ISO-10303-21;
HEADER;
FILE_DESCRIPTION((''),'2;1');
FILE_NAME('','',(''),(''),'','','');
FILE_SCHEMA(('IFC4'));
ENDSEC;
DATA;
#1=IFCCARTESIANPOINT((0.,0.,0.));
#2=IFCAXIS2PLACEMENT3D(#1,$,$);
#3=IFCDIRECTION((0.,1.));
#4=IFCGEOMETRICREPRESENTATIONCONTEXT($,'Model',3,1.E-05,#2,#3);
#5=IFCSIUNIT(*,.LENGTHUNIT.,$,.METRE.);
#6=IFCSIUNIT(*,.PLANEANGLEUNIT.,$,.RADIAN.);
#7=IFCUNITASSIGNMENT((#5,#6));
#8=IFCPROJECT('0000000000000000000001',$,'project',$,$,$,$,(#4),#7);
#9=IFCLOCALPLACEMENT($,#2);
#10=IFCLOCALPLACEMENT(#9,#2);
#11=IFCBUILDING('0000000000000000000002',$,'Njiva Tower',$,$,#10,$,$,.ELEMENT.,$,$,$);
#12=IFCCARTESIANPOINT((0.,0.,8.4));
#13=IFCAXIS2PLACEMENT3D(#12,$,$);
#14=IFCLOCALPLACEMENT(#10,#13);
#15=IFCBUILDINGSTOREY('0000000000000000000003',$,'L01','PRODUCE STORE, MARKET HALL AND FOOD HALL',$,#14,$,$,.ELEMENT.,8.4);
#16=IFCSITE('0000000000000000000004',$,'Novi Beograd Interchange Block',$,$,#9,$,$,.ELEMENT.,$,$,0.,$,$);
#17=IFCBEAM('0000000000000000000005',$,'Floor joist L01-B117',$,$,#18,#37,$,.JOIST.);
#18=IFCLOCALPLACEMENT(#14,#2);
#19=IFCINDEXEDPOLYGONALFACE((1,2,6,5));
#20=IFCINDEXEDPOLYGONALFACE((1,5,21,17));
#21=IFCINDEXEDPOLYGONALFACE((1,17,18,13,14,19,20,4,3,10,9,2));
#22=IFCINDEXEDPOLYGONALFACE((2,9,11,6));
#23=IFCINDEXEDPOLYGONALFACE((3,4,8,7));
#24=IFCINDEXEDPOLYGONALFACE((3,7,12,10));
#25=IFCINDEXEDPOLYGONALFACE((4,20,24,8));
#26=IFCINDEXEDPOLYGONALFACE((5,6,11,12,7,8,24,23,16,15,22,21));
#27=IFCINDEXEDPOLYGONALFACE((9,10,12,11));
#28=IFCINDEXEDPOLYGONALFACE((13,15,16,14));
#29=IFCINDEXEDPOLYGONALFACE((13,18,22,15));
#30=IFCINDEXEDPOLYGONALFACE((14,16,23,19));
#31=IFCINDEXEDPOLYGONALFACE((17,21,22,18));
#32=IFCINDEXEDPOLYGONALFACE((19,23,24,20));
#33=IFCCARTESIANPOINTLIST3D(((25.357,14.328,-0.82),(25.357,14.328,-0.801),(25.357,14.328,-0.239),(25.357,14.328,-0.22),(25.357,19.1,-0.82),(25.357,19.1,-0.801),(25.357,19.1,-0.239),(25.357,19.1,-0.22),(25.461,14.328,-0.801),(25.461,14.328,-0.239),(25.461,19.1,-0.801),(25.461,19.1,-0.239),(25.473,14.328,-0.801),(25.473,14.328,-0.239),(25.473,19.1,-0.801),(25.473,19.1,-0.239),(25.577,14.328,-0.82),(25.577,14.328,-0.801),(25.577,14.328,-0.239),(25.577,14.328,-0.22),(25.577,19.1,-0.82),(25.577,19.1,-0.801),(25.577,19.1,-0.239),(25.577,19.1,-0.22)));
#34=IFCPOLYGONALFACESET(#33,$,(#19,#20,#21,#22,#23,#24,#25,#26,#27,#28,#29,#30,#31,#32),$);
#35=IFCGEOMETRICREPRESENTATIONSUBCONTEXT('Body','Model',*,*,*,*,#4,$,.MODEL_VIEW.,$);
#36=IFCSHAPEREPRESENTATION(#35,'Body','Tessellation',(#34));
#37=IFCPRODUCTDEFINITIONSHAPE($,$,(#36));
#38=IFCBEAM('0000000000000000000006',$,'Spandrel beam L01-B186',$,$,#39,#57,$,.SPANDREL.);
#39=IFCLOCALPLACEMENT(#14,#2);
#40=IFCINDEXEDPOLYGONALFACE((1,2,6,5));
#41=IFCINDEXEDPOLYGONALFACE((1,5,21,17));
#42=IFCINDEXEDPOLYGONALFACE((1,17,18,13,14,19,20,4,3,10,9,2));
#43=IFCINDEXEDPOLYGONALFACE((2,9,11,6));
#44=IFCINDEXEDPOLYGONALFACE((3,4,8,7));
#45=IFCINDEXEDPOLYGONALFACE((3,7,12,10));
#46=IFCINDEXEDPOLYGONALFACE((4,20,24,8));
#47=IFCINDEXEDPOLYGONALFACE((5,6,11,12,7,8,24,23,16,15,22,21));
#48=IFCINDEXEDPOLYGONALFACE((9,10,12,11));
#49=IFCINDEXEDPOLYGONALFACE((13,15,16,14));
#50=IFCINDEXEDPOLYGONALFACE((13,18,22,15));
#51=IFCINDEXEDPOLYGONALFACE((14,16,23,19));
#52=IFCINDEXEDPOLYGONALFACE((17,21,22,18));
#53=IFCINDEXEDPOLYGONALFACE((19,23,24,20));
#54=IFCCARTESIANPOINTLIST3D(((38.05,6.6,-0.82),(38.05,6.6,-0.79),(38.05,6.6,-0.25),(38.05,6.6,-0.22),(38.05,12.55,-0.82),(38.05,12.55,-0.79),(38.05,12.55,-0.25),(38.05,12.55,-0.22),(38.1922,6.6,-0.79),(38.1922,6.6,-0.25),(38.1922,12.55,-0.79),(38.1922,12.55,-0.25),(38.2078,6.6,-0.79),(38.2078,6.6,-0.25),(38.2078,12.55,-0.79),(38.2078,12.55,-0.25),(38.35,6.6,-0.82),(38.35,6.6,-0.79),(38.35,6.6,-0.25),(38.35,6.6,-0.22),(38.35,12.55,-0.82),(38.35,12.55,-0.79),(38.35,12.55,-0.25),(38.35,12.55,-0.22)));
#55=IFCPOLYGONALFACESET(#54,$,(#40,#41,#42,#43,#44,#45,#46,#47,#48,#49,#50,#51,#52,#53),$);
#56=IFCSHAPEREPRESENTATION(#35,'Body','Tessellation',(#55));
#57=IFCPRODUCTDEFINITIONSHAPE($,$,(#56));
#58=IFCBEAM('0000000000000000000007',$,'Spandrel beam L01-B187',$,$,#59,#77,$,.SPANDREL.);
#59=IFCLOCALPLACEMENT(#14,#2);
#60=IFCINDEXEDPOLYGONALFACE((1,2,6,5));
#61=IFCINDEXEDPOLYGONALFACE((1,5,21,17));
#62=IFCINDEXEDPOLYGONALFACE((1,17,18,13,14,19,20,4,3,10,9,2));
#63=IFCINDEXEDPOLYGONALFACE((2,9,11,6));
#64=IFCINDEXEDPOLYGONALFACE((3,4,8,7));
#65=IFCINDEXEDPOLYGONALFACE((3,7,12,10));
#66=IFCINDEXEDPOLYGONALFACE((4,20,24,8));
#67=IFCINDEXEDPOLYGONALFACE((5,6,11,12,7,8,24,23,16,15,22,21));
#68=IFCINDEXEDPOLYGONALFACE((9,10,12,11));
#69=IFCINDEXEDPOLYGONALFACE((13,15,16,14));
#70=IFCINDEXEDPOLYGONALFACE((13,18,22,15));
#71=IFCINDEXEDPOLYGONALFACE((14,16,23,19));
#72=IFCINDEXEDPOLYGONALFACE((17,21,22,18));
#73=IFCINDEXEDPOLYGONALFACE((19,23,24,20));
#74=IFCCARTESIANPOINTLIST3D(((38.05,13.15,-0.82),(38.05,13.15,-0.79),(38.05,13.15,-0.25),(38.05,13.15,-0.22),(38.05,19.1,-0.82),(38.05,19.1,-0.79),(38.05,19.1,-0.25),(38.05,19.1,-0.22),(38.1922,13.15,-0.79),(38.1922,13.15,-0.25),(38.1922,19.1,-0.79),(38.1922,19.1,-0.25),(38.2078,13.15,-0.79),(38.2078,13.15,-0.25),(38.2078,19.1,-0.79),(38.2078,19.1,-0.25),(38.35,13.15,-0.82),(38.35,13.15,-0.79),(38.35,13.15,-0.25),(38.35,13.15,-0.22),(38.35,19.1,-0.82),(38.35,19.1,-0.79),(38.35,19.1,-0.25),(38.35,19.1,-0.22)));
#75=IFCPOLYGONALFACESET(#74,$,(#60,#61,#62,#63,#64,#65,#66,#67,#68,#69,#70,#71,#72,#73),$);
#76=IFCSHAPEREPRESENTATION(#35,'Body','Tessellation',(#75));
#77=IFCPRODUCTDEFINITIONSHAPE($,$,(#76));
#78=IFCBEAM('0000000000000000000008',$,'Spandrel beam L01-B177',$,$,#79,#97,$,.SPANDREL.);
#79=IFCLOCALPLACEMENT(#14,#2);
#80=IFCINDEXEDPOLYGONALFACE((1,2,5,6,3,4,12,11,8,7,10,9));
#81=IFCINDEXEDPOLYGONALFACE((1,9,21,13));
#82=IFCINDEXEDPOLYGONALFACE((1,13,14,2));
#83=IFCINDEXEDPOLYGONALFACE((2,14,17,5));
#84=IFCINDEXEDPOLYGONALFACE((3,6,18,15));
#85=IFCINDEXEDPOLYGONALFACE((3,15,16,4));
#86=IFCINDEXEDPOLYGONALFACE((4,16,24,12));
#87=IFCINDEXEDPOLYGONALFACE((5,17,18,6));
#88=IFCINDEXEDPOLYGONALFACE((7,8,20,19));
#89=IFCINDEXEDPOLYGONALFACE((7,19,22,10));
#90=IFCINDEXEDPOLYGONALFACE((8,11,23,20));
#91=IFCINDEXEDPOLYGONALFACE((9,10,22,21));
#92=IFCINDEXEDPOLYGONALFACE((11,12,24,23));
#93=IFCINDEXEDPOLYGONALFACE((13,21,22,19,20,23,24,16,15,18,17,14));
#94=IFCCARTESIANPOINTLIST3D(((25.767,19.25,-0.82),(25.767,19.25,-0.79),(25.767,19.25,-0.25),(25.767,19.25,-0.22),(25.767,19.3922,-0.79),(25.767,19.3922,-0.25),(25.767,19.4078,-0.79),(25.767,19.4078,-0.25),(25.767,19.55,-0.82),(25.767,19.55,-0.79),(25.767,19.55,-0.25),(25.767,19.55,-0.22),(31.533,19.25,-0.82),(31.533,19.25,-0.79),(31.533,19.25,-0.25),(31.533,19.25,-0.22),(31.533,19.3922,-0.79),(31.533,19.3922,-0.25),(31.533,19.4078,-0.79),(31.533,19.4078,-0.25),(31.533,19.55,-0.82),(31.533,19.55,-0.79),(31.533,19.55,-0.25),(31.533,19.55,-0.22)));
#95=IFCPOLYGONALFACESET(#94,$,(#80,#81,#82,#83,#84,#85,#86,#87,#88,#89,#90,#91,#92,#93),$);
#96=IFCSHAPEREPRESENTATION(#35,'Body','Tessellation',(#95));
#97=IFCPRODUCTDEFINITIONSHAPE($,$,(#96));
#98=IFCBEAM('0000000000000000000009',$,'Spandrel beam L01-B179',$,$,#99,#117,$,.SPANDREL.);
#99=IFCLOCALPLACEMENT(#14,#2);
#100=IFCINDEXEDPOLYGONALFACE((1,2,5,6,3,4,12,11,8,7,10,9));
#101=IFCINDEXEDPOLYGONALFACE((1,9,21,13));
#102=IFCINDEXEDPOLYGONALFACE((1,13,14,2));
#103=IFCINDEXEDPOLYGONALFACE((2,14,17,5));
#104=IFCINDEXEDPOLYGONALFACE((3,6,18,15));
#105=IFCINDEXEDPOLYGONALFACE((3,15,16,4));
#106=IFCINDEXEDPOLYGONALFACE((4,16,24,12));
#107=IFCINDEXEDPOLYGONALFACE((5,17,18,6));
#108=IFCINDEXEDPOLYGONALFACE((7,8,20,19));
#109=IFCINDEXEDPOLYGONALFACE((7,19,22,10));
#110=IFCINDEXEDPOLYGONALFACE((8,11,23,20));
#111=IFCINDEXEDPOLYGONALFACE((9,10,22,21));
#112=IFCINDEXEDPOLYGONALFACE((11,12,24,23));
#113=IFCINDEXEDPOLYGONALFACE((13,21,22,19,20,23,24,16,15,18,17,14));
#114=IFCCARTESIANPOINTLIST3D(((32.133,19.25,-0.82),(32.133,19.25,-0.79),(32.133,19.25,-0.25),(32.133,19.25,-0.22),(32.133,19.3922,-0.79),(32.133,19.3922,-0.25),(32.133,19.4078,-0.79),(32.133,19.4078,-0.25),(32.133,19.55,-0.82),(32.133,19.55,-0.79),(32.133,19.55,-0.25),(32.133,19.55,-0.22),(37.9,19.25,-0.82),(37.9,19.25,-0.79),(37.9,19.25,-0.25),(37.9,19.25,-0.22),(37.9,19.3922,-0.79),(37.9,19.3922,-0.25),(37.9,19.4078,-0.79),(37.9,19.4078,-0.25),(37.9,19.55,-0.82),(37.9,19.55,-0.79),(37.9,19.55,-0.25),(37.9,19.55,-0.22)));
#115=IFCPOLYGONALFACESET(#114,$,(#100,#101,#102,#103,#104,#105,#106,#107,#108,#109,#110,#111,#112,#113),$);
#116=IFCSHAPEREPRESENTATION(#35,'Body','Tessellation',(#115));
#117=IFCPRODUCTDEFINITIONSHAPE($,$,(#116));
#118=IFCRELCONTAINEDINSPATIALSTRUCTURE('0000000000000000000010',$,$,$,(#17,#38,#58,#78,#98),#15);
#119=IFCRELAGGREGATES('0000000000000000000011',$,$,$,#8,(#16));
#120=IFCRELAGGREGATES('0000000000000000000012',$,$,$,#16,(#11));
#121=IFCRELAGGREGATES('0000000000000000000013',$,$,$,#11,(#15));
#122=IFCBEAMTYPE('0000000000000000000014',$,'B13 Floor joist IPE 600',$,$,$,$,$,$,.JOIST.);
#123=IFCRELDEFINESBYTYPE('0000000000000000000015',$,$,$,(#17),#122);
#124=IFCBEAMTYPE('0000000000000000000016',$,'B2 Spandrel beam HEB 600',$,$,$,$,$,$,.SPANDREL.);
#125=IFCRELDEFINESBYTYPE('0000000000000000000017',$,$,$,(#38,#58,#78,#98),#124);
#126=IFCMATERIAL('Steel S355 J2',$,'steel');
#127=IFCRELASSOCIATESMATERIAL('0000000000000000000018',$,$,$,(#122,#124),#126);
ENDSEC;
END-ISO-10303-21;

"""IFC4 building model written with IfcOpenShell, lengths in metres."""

from ifc_helpers import new_model, si_unit, direction, frame, origin, origin_2d, place, context, subcontext, project, spatial, i_section, extrude, material, material_profile, profile_set, type_object, element, save


model = new_model("IFC4")

# Units and contexts
model_context = context("Model", 3, precision=1e-05, world=origin(), true_north=direction((0.0, 1.0)))
body_context = subcontext(model_context, "Body", "Model", "MODEL_VIEW")
ifc_project = project(units=[si_unit("LENGTHUNIT", "METRE"), si_unit("PLANEANGLEUNIT", "RADIAN")], contexts=[model_context])

# Site, building, storey
site_placement = place(None, origin())
site = spatial("IfcSite", under=ifc_project, at=site_placement, Name="Novi Beograd Interchange Block", CompositionType="ELEMENT", RefElevation=0.0)
building_placement = place(site_placement, origin())
building = spatial("IfcBuilding", under=site, at=building_placement, Name="Njiva Tower", CompositionType="ELEMENT")
storey_placement = place(building_placement, frame((0.0, 0.0, 8.4)))
storey = spatial("IfcBuildingStorey", under=building, at=storey_placement, Name="L01", Description="PRODUCE STORE, MARKET HALL AND FOOD HALL", CompositionType="ELEMENT", Elevation=8.4)

# Shared definitions
ifc_material_1 = material(Name="Steel S355 J2", Category="steel")

# Beams
ifc_material_profile_1 = material_profile(ifc_material_1, i_section(OverallWidth=0.22, OverallDepth=0.6, WebThickness=0.012, FlangeThickness=0.019, at=origin_2d()), Name="IPE 600")
ifc_profile_set_1 = profile_set([ifc_material_profile_1], Name="Steel S355 J2")
beam_type_1 = type_object("IfcBeamType", Name="B13 Floor joist IPE 600", PredefinedType="JOIST", material=ifc_profile_set_1)
beam_1_placement = place(storey_placement, frame((25.467, 19.1, -0.52), z_axis=(0.0, -1.0, 0.0), x_axis=(1.0, 0.0, 0.0)))
element("IfcBeam", 1, at=beam_1_placement, inside=storey, type_object=beam_type_1, Name="Floor joist L01-B117", PredefinedType="JOIST", context=body_context, shape_type="SweptSolid", body=[
    extrude(i_section(OverallWidth=0.22, OverallDepth=0.6, WebThickness=0.012, FlangeThickness=0.019, at=origin_2d()), origin(), (0.0, 0.0, 1.0), 4.772),
])
ifc_material_profile_2 = material_profile(ifc_material_1, i_section(OverallWidth=0.3, OverallDepth=0.6, WebThickness=0.0155, FlangeThickness=0.03, at=origin_2d()), Name="HEB 600")
ifc_profile_set_2 = profile_set([ifc_material_profile_2], Name="Steel S355 J2")
beam_type_2 = type_object("IfcBeamType", Name="B2 Spandrel beam HEB 600", PredefinedType="SPANDREL", material=ifc_profile_set_2)
for number, where, z_axis, x_axis, name in (
    (2, (38.2, 6.6, -0.52), (0.0, 1.0, 0.0), (-1.0, 0.0, 0.0), "Spandrel beam L01-B186"),
    (3, (38.2, 13.15, -0.52), (0.0, 1.0, 0.0), (-1.0, 0.0, 0.0), "Spandrel beam L01-B187"),
):
    element("IfcBeam", number, at=place(storey_placement, frame(where, z_axis=z_axis, x_axis=x_axis)), inside=storey, type_object=beam_type_2, Name=name, PredefinedType="SPANDREL", context=body_context, shape_type="SweptSolid", body=[
        extrude(i_section(OverallWidth=0.3, OverallDepth=0.6, WebThickness=0.0155, FlangeThickness=0.03, at=origin_2d()), origin(), (0.0, 0.0, 1.0), 5.95),
    ])
beam_2_placement = place(storey_placement, frame((25.767, 19.4, -0.52), z_axis=(1.0, 0.0, 0.0), x_axis=(0.0, 1.0, 0.0)))
element("IfcBeam", 4, at=beam_2_placement, inside=storey, type_object=beam_type_2, Name="Spandrel beam L01-B177", PredefinedType="SPANDREL", context=body_context, shape_type="SweptSolid", body=[
    extrude(i_section(OverallWidth=0.3, OverallDepth=0.6, WebThickness=0.0155, FlangeThickness=0.03, at=origin_2d()), origin(), (0.0, 0.0, 1.0), 5.766),
])
beam_3_placement = place(storey_placement, frame((32.133, 19.4, -0.52), z_axis=(1.0, 0.0, 0.0), x_axis=(0.0, 1.0, 0.0)))
element("IfcBeam", 5, at=beam_3_placement, inside=storey, type_object=beam_type_2, Name="Spandrel beam L01-B179", PredefinedType="SPANDREL", context=body_context, shape_type="SweptSolid", body=[
    extrude(i_section(OverallWidth=0.3, OverallDepth=0.6, WebThickness=0.0155, FlangeThickness=0.03, at=origin_2d()), origin(), (0.0, 0.0, 1.0), 5.767),
])

save(model, "model.ifc")
